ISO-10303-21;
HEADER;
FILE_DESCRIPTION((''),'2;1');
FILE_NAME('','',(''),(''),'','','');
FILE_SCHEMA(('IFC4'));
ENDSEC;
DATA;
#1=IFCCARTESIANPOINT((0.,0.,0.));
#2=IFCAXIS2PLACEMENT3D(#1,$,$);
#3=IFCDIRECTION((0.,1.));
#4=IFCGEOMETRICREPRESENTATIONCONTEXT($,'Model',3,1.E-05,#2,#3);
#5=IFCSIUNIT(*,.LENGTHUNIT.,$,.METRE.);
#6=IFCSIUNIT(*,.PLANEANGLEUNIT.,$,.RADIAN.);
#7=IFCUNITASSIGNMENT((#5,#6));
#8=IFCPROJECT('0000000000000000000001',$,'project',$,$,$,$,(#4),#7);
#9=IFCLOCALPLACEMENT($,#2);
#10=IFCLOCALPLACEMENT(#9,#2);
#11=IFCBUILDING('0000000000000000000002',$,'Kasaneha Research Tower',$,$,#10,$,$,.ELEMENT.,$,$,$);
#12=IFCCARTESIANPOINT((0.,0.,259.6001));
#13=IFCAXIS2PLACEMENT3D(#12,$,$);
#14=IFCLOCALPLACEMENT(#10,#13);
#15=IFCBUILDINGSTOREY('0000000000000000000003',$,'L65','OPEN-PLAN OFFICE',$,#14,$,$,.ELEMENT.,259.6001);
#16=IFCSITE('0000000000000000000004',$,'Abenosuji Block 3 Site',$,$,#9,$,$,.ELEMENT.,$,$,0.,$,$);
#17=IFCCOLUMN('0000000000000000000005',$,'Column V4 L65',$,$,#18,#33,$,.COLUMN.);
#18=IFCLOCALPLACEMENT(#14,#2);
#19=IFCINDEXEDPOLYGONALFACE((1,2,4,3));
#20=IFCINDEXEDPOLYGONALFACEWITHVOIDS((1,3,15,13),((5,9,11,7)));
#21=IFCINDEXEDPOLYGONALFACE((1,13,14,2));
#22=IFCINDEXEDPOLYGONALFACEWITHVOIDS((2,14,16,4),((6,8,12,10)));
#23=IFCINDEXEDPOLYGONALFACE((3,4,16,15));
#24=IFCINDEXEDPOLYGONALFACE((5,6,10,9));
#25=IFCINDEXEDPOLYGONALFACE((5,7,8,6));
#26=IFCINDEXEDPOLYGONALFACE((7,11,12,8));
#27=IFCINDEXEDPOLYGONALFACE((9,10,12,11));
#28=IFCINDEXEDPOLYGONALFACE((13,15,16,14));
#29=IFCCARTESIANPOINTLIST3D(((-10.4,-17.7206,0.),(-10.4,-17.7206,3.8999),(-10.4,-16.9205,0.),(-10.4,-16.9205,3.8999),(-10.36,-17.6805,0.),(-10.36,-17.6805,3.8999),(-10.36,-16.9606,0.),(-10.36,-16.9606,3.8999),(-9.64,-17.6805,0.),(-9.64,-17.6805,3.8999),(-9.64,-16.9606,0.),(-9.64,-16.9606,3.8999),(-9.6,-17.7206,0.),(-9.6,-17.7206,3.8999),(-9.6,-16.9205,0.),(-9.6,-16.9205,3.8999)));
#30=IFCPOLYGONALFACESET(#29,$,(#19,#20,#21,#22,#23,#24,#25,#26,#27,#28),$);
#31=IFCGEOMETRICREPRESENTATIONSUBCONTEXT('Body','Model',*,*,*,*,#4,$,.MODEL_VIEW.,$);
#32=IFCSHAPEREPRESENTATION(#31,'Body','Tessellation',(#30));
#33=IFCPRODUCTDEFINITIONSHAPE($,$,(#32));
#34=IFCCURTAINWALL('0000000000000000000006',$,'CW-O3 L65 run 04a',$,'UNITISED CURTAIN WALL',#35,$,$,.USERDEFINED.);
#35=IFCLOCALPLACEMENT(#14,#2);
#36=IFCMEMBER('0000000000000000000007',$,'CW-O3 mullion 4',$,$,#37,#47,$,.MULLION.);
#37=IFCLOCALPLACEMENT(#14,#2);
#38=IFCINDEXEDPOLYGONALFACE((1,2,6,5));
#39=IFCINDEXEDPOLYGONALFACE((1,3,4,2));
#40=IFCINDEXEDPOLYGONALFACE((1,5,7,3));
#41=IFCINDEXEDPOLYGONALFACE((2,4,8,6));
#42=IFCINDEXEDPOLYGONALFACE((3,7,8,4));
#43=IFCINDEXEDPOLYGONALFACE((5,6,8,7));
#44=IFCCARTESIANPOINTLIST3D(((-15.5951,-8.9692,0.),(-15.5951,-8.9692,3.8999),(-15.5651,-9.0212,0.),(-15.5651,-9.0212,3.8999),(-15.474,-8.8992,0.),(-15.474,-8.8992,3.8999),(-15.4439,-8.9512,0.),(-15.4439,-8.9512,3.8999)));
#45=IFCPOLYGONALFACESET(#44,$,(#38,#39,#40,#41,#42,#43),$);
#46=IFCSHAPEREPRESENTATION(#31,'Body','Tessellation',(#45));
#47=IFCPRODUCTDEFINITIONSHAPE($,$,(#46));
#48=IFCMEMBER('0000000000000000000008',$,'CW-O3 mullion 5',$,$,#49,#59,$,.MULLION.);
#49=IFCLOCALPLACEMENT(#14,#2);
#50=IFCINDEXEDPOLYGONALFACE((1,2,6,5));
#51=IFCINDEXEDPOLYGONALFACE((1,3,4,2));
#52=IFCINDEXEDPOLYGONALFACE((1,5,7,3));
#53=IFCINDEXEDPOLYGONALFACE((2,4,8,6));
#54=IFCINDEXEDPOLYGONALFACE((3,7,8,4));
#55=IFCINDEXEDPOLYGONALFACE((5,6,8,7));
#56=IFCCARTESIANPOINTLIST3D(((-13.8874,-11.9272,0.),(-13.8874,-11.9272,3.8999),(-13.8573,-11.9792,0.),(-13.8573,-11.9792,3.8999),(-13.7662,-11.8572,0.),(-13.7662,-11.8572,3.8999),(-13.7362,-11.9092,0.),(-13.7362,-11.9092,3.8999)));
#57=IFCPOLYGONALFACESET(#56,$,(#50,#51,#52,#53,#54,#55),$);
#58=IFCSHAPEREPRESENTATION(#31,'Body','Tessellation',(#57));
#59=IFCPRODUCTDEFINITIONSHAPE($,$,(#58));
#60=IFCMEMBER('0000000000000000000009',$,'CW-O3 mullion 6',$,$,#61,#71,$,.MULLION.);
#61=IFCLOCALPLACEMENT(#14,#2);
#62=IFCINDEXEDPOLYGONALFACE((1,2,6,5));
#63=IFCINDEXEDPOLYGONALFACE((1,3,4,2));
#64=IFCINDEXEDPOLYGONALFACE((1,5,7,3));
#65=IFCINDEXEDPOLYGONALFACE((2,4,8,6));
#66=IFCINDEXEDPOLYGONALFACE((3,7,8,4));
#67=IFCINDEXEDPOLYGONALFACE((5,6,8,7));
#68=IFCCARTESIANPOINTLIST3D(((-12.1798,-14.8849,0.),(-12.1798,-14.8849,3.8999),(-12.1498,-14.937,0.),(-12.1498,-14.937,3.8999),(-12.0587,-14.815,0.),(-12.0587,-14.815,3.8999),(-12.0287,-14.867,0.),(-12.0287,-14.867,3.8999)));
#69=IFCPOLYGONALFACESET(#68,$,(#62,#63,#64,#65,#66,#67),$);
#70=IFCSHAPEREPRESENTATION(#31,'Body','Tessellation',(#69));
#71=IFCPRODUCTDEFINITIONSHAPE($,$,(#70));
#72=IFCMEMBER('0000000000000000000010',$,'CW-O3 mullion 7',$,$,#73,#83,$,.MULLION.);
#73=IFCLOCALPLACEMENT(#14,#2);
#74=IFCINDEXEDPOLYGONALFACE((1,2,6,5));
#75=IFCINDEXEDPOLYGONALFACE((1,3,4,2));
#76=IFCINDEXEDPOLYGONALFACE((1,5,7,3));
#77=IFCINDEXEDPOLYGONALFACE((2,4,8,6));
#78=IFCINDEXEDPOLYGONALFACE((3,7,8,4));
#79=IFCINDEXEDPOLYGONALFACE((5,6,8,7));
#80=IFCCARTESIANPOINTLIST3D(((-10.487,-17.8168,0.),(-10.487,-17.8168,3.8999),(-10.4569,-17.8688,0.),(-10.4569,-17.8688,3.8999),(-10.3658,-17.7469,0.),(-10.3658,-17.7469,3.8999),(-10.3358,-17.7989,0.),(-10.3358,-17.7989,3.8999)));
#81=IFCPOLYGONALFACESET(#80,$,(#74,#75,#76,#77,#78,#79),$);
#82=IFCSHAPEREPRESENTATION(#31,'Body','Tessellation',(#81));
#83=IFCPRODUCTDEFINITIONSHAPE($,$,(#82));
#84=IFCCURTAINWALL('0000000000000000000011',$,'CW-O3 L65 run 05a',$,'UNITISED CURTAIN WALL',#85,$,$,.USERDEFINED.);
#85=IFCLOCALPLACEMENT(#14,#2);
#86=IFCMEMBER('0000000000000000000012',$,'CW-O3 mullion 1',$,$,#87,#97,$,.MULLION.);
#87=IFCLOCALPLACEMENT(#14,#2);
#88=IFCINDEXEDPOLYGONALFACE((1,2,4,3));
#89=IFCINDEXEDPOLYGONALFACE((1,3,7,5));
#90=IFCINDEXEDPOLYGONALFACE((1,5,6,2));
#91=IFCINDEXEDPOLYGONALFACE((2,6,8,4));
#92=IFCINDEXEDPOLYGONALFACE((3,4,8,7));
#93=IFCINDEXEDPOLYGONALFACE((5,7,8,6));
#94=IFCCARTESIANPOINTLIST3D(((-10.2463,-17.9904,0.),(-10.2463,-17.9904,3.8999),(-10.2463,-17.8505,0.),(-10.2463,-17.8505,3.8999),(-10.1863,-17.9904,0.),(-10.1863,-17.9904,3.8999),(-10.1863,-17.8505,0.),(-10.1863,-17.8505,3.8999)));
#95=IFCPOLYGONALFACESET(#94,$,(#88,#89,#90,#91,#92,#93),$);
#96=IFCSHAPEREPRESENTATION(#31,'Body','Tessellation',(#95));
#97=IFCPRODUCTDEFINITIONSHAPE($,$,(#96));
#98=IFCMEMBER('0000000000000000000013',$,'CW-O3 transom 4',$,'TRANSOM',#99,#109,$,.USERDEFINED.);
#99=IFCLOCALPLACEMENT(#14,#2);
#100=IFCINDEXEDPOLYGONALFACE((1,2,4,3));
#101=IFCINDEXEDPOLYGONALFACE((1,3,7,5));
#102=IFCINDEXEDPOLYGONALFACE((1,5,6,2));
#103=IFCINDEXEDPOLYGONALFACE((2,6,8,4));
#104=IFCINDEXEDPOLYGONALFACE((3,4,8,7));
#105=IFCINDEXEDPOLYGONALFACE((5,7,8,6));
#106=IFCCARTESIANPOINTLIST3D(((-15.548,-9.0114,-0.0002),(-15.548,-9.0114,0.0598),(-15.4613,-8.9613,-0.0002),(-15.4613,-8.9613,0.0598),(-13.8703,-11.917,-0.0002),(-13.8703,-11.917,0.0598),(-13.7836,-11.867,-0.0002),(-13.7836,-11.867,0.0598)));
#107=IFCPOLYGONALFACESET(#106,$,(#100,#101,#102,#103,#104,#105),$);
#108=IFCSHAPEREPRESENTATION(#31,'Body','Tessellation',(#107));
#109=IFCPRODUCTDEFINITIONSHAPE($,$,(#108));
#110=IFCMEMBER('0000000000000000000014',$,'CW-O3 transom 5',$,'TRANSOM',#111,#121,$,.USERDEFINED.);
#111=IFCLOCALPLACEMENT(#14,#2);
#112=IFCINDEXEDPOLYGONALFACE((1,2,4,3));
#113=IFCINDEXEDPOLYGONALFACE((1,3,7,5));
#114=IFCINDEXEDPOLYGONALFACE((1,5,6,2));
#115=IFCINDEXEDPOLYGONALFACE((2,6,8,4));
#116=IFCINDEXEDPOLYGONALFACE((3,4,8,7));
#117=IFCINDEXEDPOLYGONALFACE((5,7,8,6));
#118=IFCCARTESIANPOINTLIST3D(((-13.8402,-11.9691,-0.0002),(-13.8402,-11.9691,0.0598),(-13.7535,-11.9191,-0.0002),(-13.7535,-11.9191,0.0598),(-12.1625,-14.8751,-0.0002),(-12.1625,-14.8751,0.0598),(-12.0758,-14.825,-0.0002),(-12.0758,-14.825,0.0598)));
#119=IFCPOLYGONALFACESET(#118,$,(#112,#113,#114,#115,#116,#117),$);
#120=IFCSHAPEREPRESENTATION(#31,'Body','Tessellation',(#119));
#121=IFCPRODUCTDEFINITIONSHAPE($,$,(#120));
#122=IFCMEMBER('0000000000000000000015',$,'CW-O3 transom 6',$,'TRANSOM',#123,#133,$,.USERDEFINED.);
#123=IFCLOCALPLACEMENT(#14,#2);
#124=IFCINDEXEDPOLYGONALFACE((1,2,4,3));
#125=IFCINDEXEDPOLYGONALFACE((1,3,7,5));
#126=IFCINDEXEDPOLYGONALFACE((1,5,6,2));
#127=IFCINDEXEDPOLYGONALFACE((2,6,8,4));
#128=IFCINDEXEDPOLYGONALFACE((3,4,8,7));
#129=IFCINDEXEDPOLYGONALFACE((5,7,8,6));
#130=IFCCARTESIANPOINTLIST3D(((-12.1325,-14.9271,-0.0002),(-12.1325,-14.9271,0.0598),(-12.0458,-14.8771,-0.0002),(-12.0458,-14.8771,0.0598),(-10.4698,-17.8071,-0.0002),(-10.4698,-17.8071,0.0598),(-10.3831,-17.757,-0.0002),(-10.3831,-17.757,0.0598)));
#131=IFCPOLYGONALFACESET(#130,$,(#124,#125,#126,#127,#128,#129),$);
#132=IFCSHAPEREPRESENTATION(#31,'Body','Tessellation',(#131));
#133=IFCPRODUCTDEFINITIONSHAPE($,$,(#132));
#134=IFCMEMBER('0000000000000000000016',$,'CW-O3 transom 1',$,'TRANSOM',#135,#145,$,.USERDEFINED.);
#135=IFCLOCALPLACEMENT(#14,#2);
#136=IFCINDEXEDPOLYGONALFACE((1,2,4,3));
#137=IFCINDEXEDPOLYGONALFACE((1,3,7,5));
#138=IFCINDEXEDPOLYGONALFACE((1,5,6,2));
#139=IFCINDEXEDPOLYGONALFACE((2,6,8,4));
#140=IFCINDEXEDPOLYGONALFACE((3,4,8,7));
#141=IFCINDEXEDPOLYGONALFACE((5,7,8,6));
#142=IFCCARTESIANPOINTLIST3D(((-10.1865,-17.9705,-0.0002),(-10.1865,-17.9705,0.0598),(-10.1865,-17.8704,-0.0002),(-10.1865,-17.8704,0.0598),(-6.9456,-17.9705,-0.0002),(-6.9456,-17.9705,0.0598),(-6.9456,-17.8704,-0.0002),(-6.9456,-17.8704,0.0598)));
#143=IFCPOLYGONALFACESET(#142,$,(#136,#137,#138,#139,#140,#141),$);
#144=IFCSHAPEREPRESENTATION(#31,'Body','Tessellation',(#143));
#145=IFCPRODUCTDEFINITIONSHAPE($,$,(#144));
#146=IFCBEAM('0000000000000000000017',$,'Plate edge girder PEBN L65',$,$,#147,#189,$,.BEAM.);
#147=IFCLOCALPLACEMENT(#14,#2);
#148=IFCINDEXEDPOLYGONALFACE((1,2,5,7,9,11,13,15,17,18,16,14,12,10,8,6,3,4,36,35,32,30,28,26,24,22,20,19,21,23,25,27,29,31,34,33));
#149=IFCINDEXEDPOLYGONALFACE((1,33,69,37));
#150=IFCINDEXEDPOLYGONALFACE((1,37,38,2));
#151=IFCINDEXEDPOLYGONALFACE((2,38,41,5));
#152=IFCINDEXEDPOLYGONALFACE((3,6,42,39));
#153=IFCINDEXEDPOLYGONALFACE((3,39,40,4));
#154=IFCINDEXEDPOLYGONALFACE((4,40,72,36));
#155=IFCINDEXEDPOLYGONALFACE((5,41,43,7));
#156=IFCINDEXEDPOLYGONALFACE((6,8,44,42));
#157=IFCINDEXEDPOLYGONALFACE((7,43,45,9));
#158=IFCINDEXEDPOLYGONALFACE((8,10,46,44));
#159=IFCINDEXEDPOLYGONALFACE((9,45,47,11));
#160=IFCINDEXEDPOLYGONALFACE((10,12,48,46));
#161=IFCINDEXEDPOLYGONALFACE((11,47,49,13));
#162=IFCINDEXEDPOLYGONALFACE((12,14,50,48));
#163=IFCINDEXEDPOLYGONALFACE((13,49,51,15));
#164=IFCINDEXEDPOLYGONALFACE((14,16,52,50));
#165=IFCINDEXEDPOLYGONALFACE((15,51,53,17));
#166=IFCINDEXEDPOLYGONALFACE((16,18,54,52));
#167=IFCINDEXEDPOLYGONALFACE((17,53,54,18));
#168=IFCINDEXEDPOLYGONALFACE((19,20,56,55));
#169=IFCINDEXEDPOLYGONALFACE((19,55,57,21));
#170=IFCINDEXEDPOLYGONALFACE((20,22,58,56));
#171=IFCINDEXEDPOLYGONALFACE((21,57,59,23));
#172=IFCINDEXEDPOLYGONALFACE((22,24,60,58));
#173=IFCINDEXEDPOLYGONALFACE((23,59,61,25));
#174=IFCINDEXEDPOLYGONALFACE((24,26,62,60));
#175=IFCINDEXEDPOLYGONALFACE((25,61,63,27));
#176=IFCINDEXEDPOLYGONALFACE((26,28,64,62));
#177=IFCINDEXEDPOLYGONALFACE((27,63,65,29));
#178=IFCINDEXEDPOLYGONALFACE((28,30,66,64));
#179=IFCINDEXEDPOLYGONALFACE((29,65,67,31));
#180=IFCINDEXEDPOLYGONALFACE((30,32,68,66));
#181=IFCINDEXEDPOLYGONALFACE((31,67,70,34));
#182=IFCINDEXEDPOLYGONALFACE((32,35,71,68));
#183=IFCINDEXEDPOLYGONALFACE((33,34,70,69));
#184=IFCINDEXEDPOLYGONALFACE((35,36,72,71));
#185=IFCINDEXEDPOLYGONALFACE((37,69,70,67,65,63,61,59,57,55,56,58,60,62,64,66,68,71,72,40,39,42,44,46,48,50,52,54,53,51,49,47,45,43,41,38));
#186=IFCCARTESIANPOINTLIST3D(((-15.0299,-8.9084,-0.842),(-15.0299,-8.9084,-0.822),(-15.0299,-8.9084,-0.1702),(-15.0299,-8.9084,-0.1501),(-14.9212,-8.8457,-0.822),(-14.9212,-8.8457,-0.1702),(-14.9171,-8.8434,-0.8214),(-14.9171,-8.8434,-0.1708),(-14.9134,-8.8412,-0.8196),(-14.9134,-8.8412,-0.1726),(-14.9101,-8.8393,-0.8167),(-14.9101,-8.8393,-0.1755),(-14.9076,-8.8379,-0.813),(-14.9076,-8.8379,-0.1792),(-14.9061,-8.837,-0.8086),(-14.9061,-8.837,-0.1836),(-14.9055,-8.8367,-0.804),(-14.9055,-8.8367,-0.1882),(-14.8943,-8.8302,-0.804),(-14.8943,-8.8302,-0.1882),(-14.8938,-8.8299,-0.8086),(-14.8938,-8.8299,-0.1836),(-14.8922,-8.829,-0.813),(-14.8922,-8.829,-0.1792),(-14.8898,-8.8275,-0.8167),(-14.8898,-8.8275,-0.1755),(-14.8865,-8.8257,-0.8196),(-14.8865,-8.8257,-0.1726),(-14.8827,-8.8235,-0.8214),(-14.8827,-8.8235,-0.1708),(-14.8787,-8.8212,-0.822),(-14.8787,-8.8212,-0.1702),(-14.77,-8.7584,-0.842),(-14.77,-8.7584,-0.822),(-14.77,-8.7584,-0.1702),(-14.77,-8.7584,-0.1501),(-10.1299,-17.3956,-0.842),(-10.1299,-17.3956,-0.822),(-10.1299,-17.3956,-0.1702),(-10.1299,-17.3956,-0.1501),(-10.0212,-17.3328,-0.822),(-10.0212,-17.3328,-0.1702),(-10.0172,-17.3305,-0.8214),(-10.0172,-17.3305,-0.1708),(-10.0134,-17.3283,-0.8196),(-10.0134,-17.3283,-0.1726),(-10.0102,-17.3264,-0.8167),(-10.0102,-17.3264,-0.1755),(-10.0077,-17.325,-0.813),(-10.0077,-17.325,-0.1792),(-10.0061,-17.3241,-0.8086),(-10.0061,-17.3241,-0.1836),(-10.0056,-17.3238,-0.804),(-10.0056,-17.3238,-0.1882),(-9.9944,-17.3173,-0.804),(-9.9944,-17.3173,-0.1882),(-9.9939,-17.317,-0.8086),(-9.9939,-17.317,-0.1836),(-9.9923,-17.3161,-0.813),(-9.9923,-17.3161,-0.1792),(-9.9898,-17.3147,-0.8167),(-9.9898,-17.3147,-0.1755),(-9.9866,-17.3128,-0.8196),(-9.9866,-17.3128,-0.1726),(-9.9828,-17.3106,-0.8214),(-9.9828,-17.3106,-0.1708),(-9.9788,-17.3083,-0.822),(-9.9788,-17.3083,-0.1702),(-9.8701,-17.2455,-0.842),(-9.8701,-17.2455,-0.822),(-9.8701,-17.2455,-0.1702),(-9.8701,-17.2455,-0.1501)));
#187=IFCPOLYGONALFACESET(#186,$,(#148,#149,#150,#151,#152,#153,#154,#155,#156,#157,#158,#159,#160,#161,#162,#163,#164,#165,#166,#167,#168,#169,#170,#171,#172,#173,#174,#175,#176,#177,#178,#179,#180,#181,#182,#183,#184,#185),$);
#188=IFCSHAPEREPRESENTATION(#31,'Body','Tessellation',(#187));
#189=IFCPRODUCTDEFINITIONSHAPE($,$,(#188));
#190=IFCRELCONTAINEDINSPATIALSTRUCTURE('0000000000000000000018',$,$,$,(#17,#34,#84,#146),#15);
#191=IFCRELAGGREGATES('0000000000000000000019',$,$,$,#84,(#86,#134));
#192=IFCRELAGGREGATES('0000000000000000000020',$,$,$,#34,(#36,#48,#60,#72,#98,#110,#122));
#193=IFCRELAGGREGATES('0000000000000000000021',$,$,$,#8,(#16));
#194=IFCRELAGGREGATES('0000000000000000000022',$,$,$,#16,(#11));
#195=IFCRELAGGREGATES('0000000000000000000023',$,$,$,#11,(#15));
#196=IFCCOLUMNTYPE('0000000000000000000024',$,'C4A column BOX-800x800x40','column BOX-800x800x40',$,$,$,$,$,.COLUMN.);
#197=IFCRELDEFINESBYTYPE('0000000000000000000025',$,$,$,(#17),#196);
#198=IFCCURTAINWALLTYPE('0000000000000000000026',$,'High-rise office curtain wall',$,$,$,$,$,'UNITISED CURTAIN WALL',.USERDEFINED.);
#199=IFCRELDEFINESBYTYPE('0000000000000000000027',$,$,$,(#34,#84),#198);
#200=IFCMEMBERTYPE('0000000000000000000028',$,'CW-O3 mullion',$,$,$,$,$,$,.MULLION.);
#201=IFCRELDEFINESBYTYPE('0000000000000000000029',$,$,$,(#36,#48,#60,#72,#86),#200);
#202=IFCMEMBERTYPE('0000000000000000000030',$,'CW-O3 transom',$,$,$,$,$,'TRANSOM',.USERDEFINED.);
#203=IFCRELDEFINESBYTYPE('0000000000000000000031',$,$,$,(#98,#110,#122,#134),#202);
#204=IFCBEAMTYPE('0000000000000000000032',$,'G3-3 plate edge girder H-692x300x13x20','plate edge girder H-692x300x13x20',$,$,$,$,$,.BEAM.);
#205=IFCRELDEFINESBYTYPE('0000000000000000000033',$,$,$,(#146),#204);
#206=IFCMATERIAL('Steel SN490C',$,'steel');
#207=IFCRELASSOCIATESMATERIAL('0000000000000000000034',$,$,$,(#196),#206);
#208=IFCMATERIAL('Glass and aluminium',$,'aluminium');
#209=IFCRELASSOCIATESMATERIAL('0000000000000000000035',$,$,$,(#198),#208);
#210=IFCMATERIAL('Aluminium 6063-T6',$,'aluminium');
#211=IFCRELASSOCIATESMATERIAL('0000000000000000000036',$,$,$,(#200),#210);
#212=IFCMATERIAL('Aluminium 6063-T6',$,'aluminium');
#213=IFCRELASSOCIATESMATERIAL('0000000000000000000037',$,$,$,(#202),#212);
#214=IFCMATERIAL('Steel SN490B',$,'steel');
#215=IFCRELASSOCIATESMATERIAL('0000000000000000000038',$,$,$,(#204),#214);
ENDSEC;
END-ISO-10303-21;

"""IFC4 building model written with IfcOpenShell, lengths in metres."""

from ifc_helpers import new_model, si_unit, direction, frame, origin, origin_2d, place, context, subcontext, project, spatial, rectangle, hollow_rectangle, i_section, extrude, material, material_profile, profile_set, type_object, element, aggregate, save


model = new_model("IFC4")

# Units and contexts
model_context = context("Model", 3, precision=1e-05, world=origin(), true_north=direction((0.0, 1.0)))
body_context = subcontext(model_context, "Body", "Model", "MODEL_VIEW")
ifc_project = project(units=[si_unit("LENGTHUNIT", "METRE"), si_unit("PLANEANGLEUNIT", "RADIAN")], contexts=[model_context])

# Site, building, storey
site_placement = place(None, origin())
site = spatial("IfcSite", under=ifc_project, at=site_placement, Name="Abenosuji Block 3 Site", CompositionType="ELEMENT", RefElevation=0.0)
building_placement = place(site_placement, origin())
building = spatial("IfcBuilding", under=site, at=building_placement, Name="Kasaneha Research Tower", CompositionType="ELEMENT")
storey_placement = place(building_placement, frame((0.0, 0.0, 259.6001)))
storey = spatial("IfcBuildingStorey", under=building, at=storey_placement, Name="L65", Description="OPEN-PLAN OFFICE", CompositionType="ELEMENT", Elevation=259.6001)

# Column
ifc_material_1 = material(Name="Steel SN490C", Category="steel")
ifc_material_profile_1 = material_profile(ifc_material_1, hollow_rectangle(XDim=0.8, YDim=0.8, WallThickness=0.04, at=origin_2d()), Name="BOX-800x800x40")
ifc_profile_set_1 = profile_set([ifc_material_profile_1], Name="Steel SN490C")
column_type = type_object("IfcColumnType", Name="C4A column BOX-800x800x40", Description="column BOX-800x800x40", PredefinedType="COLUMN", material=ifc_profile_set_1)
column_placement = place(storey_placement, frame((-10.0, -17.3206, 0.0), z_axis=(0.0, 0.0, 1.0), x_axis=(1.0, 0.0, 0.0)))
element("IfcColumn", 1, at=column_placement, inside=storey, type_object=column_type, Name="Column V4 L65", PredefinedType="COLUMN", context=body_context, shape_type="SweptSolid", body=[
    extrude(hollow_rectangle(XDim=0.8, YDim=0.8, WallThickness=0.04, at=origin_2d()), origin(), (0.0, 0.0, 1.0), 3.8999),
])

# Curtain wall, members
ifc_material_2 = material(Name="Glass and aluminium", Category="aluminium")
curtain_wall_type = type_object("IfcCurtainWallType", Name="High-rise office curtain wall", ElementType="UNITISED CURTAIN WALL", PredefinedType="USERDEFINED", material=ifc_material_2)
curtain_wall_1_placement = place(storey_placement, origin())
curtain_wall_1 = element("IfcCurtainWall", 2, at=curtain_wall_1_placement, inside=storey, type_object=curtain_wall_type, Name="CW-O3 L65 run 04a", ObjectType="UNITISED CURTAIN WALL", PredefinedType="USERDEFINED")
ifc_material_3 = material(Name="Aluminium 6063-T6", Category="aluminium")
ifc_material_profile_2 = material_profile(ifc_material_3, rectangle(XDim=0.0601, YDim=0.1399, at=origin_2d()), Name="CW-O3 mullion 60x140")
ifc_profile_set_2 = profile_set([ifc_material_profile_2], Name="Aluminium 6063-T6")
member_type_1 = type_object("IfcMemberType", Name="CW-O3 mullion", PredefinedType="MULLION", material=ifc_profile_set_2)
member_1_placement = place(storey_placement, frame((-15.5195, -8.9602, 0.0), z_axis=(0.0, 0.0, 1.0), x_axis=(0.5, -0.866025, 0.0)))
member_1 = element("IfcMember", 3, at=member_1_placement, type_object=member_type_1, Name="CW-O3 mullion 4", PredefinedType="MULLION", context=body_context, shape_type="SweptSolid", body=[
    extrude(rectangle(XDim=0.0601, YDim=0.1399, at=origin_2d()), origin(), (0.0, 0.0, 1.0), 3.8999),
])
member_2_placement = place(storey_placement, frame((-13.8118, -11.9182, 0.0), z_axis=(0.0, 0.0, 1.0), x_axis=(0.5, -0.866025, 0.0)))
member_2 = element("IfcMember", 4, at=member_2_placement, type_object=member_type_1, Name="CW-O3 mullion 5", PredefinedType="MULLION", context=body_context, shape_type="SweptSolid", body=[
    extrude(rectangle(XDim=0.0601, YDim=0.1399, at=origin_2d()), origin(), (0.0, 0.0, 1.0), 3.8999),
])
member_3_placement = place(storey_placement, frame((-12.1042, -14.876, 0.0), z_axis=(0.0, 0.0, 1.0), x_axis=(0.5, -0.866025, 0.0)))
member_3 = element("IfcMember", 5, at=member_3_placement, type_object=member_type_1, Name="CW-O3 mullion 6", PredefinedType="MULLION", context=body_context, shape_type="SweptSolid", body=[
    extrude(rectangle(XDim=0.0601, YDim=0.1399, at=origin_2d()), origin(), (0.0, 0.0, 1.0), 3.8999),
])
member_4_placement = place(storey_placement, frame((-10.4114, -17.8079, 0.0), z_axis=(0.0, 0.0, 1.0), x_axis=(0.5, -0.866025, 0.0)))
member_4 = element("IfcMember", 6, at=member_4_placement, type_object=member_type_1, Name="CW-O3 mullion 7", PredefinedType="MULLION", context=body_context, shape_type="SweptSolid", body=[
    extrude(rectangle(XDim=0.0601, YDim=0.1399, at=origin_2d()), origin(), (0.0, 0.0, 1.0), 3.8999),
])

# Curtain wall, member
curtain_wall_2_placement = place(storey_placement, origin())
curtain_wall_2 = element("IfcCurtainWall", 7, at=curtain_wall_2_placement, inside=storey, type_object=curtain_wall_type, Name="CW-O3 L65 run 05a", ObjectType="UNITISED CURTAIN WALL", PredefinedType="USERDEFINED")
member_5_placement = place(storey_placement, frame((-10.2163, -17.9204, 0.0), z_axis=(0.0, 0.0, 1.0), x_axis=(1.0, 0.0, 0.0)))
member_5 = element("IfcMember", 8, at=member_5_placement, type_object=member_type_1, Name="CW-O3 mullion 1", PredefinedType="MULLION", context=body_context, shape_type="SweptSolid", body=[
    extrude(rectangle(XDim=0.0601, YDim=0.1399, at=origin_2d()), origin(), (0.0, 0.0, 1.0), 3.8999),
])

# Members
ifc_material_4 = material(Name="Aluminium 6063-T6", Category="aluminium")
ifc_material_profile_3 = material_profile(ifc_material_4, rectangle(XDim=0.1001, YDim=0.0601, at=origin_2d()), Name="CW-O3 transom 100x60")
ifc_profile_set_3 = profile_set([ifc_material_profile_3], Name="Aluminium 6063-T6")
member_type_2 = type_object("IfcMemberType", Name="CW-O3 transom", ElementType="TRANSOM", PredefinedType="USERDEFINED", material=ifc_profile_set_3)
member_6_placement = place(storey_placement, frame((-15.5046, -8.9863, 0.0298), z_axis=(0.500021, -0.866014, 0.0), x_axis=(0.866014, 0.500021, 0.0)))
member_6 = element("IfcMember", 9, at=member_6_placement, type_object=member_type_2, Name="CW-O3 transom 4", ObjectType="TRANSOM", PredefinedType="USERDEFINED", context=body_context, shape_type="SweptSolid", body=[
    extrude(rectangle(XDim=0.1001, YDim=0.0601, at=origin_2d()), origin(), (0.0, 0.0, 1.0), 3.3552),
])
member_7_placement = place(storey_placement, frame((-13.7969, -11.9441, 0.0298), z_axis=(0.499989, -0.866032, 0.0), x_axis=(0.866032, 0.499989, 0.0)))
member_7 = element("IfcMember", 10, at=member_7_placement, type_object=member_type_2, Name="CW-O3 transom 5", ObjectType="TRANSOM", PredefinedType="USERDEFINED", context=body_context, shape_type="SweptSolid", body=[
    extrude(rectangle(XDim=0.1001, YDim=0.0601, at=origin_2d()), origin(), (0.0, 0.0, 1.0), 3.3555),
])
member_8_placement = place(storey_placement, frame((-12.0891, -14.9021, 0.0298), z_axis=(0.499977, -0.866039, 0.0), x_axis=(0.866039, 0.499977, 0.0)))
member_8 = element("IfcMember", 11, at=member_8_placement, type_object=member_type_2, Name="CW-O3 transom 6", ObjectType="TRANSOM", PredefinedType="USERDEFINED", context=body_context, shape_type="SweptSolid", body=[
    extrude(rectangle(XDim=0.1001, YDim=0.0601, at=origin_2d()), origin(), (0.0, 0.0, 1.0), 3.3254),
])
member_9_placement = place(storey_placement, frame((-10.1865, -17.9204, 0.0298), z_axis=(1.0, 0.0, 0.0), x_axis=(0.0, 1.0, 0.0)))
member_9 = element("IfcMember", 12, at=member_9_placement, type_object=member_type_2, Name="CW-O3 transom 1", ObjectType="TRANSOM", PredefinedType="USERDEFINED", context=body_context, shape_type="SweptSolid", body=[
    extrude(rectangle(XDim=0.1001, YDim=0.0601, at=origin_2d()), origin(), (0.0, 0.0, 1.0), 3.241),
])
aggregate(curtain_wall_2, [member_5, member_9])

# Beam
ifc_material_5 = material(Name="Steel SN490B", Category="steel")
ifc_material_profile_4 = material_profile(ifc_material_5, i_section(OverallWidth=0.3, OverallDepth=0.6919, WebThickness=0.0129, FlangeThickness=0.02, FilletRadius=0.0181, at=origin_2d()), Name="H-692x300x13x20")
ifc_profile_set_4 = profile_set([ifc_material_profile_4], Name="Steel SN490B")
beam_type_1 = type_object("IfcBeamType", Name="G3-3 plate edge girder H-692x300x13x20", Description="plate edge girder H-692x300x13x20", PredefinedType="BEAM", material=ifc_profile_set_4)
beam_1_placement = place(storey_placement, frame((-10.0, -17.3206, -0.4961), z_axis=(-0.499992, 0.86603, 0.0), x_axis=(-0.86603, -0.499992, 0.0)))
element("IfcBeam", 13, at=beam_1_placement, inside=storey, type_object=beam_type_1, Name="Plate edge girder PEBN L65", PredefinedType="BEAM", context=body_context, shape_type="SweptSolid", body=[
    extrude(i_section(OverallWidth=0.3, OverallDepth=0.6919, WebThickness=0.0129, FlangeThickness=0.02, FilletRadius=0.0181, at=origin_2d()), origin(), (0.0, 0.0, 1.0), 9.8),
])

aggregate(curtain_wall_1, [member_1, member_2, member_3, member_4, member_6, member_7, member_8])

save(model, "model.ifc")
